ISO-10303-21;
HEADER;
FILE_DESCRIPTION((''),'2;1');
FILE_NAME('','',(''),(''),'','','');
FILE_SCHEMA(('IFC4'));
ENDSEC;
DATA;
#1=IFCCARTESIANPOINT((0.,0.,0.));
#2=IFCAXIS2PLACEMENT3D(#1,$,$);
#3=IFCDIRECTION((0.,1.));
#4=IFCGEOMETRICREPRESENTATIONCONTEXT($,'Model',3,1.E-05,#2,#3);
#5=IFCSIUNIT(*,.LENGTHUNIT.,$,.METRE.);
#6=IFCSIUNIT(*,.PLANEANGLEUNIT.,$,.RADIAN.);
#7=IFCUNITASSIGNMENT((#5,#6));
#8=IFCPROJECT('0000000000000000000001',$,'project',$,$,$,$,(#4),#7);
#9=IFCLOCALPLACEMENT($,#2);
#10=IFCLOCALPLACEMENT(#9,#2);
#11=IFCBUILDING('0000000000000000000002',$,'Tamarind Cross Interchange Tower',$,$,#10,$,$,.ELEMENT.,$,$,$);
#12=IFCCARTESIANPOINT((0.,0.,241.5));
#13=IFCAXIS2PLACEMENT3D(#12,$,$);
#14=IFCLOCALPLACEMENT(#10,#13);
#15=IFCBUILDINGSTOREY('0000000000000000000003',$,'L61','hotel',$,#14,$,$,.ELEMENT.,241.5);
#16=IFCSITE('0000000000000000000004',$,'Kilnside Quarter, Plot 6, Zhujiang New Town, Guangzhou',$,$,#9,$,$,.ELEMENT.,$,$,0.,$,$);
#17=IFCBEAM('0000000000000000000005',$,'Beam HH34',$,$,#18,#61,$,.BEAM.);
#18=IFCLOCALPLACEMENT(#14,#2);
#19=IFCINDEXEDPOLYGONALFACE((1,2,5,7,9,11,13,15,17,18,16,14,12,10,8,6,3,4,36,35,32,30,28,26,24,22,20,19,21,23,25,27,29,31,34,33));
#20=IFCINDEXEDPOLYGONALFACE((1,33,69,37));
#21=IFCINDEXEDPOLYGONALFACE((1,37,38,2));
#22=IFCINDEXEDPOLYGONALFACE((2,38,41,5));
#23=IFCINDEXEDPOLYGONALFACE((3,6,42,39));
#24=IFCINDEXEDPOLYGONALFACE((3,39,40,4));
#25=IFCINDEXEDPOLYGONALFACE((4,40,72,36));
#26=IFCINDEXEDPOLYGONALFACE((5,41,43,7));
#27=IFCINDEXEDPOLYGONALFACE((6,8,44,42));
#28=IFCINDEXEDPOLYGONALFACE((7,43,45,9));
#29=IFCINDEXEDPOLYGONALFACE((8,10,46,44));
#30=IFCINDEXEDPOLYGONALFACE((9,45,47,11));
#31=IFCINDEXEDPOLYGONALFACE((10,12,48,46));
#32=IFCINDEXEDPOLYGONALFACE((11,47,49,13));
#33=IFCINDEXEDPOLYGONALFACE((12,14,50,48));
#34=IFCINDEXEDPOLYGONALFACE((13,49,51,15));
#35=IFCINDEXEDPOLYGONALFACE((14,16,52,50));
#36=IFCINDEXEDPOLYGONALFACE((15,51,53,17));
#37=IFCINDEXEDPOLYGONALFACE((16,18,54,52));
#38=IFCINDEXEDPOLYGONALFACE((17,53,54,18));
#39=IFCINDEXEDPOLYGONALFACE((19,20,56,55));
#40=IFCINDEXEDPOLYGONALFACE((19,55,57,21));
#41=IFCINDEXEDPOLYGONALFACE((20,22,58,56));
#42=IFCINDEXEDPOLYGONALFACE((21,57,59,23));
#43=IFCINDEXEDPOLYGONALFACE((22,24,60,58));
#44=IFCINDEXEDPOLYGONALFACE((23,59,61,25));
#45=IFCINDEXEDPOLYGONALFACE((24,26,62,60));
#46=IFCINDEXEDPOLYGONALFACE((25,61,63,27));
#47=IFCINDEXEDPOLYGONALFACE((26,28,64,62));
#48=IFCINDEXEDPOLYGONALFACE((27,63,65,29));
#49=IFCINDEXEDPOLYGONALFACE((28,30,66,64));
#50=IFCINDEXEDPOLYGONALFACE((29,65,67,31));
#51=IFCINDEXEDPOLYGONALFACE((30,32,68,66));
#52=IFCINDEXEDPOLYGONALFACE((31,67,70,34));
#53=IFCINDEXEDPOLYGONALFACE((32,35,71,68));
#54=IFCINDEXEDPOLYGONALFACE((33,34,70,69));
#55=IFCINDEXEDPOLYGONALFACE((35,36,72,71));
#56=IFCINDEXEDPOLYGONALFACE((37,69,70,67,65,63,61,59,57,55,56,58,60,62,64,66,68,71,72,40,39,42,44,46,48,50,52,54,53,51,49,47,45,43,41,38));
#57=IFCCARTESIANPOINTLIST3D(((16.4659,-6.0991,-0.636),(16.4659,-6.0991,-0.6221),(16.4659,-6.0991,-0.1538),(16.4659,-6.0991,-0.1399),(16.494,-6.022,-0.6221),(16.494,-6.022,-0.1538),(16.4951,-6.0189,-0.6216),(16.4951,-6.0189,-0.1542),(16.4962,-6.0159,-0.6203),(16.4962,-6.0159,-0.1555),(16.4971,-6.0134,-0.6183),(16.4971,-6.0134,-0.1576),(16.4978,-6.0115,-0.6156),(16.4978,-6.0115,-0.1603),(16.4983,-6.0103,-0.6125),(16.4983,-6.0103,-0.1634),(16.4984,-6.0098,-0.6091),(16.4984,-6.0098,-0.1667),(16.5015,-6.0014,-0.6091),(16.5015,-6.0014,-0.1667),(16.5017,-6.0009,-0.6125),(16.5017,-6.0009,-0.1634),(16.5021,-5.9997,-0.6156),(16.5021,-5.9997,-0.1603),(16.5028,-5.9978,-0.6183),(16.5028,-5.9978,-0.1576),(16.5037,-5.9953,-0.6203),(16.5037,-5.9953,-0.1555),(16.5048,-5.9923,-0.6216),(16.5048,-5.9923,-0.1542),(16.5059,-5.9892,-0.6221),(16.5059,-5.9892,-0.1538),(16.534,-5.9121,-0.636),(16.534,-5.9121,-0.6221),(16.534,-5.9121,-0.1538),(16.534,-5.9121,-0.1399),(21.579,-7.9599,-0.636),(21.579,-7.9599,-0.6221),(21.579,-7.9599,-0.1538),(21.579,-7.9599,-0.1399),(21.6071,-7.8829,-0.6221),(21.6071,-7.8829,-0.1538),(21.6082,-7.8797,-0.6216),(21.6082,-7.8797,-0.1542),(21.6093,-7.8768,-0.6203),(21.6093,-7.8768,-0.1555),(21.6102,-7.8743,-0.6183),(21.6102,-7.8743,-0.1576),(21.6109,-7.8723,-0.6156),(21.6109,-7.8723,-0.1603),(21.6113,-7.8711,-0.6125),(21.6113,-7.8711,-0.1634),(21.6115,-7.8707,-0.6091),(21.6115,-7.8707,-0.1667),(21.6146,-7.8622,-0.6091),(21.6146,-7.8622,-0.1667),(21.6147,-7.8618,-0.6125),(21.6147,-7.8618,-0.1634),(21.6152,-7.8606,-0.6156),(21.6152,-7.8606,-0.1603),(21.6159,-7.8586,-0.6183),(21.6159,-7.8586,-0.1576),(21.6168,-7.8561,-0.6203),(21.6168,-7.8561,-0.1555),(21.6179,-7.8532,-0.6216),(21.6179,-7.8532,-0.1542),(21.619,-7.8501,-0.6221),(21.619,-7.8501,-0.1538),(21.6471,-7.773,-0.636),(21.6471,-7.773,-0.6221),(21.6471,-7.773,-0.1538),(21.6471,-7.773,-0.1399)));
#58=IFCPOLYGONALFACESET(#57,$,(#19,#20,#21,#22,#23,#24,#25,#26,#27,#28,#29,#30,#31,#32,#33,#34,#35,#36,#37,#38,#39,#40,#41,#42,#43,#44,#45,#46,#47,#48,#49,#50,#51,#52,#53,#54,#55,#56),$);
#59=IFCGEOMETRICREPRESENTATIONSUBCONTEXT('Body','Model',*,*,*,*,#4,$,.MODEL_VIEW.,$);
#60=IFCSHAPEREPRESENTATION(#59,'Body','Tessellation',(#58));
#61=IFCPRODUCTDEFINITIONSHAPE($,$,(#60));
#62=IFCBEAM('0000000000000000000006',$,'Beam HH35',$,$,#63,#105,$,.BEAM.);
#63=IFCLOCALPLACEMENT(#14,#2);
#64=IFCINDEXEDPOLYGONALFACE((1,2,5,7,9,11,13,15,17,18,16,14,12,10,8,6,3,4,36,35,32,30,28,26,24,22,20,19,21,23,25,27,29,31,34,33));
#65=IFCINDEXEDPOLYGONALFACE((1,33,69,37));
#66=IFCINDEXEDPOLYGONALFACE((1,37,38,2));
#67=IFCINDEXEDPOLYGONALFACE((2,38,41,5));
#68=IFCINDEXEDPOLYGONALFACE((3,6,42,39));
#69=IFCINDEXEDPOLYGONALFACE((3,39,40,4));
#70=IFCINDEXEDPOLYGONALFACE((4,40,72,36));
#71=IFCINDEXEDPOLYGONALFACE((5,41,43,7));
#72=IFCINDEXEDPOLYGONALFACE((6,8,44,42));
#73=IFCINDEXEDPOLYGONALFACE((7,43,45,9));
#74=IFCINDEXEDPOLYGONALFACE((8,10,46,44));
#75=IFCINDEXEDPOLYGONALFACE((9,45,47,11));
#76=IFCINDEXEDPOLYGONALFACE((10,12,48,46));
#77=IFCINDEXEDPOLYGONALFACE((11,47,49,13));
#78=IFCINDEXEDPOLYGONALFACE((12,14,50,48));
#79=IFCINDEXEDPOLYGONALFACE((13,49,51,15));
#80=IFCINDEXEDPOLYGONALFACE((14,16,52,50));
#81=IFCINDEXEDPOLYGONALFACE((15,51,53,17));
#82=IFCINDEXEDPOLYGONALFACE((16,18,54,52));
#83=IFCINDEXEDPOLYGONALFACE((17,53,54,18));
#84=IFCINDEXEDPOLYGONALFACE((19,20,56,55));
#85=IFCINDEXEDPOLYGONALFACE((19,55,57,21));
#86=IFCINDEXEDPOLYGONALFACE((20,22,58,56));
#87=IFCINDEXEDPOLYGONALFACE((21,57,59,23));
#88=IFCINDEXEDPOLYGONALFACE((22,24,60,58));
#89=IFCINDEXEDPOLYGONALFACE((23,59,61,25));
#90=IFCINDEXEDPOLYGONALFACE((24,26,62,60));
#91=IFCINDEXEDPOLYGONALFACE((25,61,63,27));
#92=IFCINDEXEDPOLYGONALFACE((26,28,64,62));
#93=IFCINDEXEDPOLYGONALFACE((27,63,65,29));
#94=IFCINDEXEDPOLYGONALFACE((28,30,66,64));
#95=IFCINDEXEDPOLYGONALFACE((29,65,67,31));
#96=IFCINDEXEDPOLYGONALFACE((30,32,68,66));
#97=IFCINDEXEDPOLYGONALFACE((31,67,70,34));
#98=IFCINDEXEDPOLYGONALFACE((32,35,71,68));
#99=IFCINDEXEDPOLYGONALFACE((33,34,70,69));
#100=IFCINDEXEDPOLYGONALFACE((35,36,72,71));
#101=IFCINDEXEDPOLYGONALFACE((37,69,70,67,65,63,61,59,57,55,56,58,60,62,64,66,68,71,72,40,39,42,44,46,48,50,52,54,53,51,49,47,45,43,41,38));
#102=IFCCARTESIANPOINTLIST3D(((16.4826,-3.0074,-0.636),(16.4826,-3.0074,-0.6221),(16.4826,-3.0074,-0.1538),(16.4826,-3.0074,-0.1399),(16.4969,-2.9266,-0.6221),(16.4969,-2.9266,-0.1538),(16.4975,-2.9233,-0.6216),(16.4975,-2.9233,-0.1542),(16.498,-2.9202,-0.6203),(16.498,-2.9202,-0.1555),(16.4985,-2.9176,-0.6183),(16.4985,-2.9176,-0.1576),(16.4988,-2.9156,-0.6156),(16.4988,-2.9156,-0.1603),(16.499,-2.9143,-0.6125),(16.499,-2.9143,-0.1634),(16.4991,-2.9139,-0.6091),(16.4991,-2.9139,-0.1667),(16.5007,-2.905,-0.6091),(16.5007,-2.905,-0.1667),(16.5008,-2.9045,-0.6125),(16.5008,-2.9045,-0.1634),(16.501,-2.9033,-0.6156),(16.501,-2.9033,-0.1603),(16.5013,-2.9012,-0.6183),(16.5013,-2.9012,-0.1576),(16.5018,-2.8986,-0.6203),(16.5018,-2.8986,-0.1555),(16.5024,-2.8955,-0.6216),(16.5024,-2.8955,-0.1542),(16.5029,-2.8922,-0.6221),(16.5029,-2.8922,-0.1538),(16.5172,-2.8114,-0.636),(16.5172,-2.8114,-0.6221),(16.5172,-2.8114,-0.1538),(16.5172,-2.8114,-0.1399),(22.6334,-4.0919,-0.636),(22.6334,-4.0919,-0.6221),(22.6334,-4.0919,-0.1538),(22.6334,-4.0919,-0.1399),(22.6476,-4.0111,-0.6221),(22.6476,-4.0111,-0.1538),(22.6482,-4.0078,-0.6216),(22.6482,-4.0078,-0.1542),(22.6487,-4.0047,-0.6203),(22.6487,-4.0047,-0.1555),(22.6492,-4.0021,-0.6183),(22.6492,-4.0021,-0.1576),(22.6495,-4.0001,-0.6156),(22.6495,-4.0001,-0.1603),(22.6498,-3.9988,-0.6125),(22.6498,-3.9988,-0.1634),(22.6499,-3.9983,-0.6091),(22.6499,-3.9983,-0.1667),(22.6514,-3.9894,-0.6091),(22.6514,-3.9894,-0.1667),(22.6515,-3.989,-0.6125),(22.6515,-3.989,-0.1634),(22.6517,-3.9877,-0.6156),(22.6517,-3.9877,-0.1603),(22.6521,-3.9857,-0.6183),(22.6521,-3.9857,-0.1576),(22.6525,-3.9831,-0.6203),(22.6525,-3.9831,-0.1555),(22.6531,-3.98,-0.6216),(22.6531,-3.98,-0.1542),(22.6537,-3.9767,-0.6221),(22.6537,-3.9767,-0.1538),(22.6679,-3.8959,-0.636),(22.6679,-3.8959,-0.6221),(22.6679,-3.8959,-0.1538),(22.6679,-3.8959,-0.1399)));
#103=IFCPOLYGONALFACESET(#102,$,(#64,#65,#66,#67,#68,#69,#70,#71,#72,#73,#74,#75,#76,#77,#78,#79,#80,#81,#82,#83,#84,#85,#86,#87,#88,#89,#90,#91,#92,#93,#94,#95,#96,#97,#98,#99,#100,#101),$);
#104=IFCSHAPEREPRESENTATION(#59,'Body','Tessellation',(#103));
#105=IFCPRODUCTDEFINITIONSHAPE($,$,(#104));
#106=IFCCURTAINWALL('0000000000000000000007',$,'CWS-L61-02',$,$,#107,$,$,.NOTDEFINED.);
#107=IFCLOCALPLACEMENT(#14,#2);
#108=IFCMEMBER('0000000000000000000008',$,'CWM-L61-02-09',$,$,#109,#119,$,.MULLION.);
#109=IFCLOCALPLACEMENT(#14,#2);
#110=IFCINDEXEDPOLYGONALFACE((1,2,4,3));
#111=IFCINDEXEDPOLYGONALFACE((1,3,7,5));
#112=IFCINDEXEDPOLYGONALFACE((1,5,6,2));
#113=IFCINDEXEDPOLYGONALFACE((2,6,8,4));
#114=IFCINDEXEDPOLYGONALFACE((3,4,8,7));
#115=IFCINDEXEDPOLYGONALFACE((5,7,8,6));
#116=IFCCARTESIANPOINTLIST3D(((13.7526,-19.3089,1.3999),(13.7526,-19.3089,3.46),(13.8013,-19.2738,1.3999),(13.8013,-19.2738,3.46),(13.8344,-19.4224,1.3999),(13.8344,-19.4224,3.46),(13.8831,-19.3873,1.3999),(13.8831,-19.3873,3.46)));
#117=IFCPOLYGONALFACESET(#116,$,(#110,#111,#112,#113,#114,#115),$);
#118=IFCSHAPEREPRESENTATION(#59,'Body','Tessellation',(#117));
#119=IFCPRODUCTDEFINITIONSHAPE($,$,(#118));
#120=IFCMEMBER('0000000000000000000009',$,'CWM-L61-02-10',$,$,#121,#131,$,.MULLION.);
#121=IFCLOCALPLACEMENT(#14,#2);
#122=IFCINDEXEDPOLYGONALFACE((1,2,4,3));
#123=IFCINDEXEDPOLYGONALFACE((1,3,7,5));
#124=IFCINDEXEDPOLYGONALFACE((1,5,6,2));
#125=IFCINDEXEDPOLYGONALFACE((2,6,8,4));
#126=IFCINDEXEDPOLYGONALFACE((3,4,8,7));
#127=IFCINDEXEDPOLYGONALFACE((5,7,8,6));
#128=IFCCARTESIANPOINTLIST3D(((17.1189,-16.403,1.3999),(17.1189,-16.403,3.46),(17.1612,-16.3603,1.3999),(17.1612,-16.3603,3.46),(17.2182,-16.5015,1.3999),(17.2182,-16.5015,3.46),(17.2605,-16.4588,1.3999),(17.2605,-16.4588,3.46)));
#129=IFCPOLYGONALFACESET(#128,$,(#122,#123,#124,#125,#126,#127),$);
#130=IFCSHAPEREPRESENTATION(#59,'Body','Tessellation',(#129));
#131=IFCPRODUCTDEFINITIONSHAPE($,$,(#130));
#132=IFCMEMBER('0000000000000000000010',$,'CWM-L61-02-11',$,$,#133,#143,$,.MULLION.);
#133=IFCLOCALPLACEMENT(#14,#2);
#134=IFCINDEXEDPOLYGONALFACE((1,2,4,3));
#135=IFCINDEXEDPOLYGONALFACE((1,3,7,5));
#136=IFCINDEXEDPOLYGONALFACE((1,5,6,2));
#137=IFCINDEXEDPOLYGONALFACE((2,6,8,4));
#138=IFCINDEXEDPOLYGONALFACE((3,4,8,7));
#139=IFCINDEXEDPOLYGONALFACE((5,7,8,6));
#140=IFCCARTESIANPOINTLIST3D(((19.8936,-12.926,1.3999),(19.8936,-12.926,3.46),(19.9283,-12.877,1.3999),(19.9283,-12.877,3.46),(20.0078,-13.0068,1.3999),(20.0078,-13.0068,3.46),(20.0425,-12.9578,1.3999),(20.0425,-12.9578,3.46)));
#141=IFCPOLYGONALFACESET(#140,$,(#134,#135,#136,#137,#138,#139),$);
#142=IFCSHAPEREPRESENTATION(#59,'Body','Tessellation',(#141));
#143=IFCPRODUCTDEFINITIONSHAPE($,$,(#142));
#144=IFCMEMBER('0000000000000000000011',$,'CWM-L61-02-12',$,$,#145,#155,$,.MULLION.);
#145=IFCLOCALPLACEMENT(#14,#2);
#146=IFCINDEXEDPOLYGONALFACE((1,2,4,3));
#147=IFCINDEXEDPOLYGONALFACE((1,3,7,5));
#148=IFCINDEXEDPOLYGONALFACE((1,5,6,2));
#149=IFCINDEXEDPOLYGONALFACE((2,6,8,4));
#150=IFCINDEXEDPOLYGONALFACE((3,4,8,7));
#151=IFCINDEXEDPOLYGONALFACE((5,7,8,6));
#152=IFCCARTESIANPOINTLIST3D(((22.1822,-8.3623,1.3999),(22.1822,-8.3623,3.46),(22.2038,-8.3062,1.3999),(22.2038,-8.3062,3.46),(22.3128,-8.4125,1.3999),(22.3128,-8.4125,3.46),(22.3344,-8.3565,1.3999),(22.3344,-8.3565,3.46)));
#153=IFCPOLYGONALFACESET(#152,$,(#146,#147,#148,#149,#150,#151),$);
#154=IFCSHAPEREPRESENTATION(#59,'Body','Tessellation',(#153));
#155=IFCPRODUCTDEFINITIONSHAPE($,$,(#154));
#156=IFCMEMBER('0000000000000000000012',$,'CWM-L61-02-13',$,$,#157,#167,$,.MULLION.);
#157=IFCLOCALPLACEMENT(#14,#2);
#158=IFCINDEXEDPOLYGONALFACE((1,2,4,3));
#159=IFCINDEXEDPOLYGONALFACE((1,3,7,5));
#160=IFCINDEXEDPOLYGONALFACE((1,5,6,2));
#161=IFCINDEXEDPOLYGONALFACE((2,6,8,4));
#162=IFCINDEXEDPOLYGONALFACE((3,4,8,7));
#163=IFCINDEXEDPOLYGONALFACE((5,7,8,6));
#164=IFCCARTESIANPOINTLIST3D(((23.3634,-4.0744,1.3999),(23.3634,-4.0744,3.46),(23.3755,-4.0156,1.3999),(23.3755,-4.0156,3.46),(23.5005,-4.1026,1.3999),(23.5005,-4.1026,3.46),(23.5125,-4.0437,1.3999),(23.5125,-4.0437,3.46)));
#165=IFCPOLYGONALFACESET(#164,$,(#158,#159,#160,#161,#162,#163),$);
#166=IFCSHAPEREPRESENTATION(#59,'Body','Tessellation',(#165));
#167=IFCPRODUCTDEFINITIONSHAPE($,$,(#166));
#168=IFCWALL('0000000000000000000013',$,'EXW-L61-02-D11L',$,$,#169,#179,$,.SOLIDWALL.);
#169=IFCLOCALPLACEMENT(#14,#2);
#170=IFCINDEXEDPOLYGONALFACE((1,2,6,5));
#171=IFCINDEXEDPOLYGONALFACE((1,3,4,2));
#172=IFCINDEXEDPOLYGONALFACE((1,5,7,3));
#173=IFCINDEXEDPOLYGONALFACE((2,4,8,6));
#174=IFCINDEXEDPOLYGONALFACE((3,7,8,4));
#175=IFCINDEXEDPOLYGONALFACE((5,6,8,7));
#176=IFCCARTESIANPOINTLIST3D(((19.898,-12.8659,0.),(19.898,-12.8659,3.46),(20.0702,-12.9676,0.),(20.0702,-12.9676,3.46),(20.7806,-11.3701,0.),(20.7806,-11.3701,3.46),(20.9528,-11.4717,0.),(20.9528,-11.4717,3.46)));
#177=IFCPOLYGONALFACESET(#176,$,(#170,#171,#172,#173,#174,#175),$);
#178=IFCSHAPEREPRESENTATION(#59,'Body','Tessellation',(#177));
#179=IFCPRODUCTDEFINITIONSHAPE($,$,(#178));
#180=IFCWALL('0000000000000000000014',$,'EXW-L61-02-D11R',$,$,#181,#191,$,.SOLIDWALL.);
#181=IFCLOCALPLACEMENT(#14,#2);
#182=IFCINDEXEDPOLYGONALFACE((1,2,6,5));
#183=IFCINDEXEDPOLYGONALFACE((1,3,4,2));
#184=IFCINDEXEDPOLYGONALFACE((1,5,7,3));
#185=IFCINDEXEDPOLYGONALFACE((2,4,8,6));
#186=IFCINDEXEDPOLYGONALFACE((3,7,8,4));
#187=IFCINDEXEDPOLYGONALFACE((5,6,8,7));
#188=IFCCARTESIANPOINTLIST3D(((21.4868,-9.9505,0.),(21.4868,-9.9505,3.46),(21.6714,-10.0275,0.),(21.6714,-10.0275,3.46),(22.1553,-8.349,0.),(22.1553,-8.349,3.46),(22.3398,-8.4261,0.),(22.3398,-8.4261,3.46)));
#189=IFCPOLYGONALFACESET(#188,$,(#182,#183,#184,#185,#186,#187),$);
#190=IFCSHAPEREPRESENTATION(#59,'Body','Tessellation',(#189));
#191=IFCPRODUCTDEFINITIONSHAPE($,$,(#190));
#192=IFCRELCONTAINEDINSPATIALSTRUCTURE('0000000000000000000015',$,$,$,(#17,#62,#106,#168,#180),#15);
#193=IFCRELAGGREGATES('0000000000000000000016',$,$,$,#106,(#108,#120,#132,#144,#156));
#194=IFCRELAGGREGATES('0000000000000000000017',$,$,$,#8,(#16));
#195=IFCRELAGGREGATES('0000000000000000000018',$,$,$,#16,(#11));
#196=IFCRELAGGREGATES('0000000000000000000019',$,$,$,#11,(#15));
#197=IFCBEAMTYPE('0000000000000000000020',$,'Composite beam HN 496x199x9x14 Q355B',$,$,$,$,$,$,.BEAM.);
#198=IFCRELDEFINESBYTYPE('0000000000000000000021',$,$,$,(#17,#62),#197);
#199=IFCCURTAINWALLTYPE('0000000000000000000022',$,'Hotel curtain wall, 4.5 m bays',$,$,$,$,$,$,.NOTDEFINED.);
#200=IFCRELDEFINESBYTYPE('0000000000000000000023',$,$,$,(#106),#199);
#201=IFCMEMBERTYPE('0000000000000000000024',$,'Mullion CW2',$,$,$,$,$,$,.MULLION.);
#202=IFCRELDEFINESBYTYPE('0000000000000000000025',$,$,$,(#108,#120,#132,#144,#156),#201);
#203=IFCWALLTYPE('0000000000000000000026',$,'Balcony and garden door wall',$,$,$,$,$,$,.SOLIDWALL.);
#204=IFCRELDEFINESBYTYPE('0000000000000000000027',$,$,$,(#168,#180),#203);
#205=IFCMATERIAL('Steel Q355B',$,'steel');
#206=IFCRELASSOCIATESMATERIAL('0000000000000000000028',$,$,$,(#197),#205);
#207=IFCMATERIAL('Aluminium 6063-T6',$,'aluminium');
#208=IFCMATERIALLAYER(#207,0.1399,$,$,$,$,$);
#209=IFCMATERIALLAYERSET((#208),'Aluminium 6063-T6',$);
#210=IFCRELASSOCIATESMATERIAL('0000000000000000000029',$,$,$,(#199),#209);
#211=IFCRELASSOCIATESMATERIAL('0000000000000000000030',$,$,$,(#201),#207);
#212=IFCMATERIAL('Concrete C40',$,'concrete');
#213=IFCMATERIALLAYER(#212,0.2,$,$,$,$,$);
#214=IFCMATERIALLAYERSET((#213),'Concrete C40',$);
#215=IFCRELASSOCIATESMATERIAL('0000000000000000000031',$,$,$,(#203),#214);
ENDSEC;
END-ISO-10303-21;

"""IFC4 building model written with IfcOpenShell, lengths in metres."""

from ifc_helpers import new_model, si_unit, direction, frame, frame_2d, origin, origin_2d, place, context, subcontext, project, spatial, rectangle, i_section, extrude, material, layer, layer_set, material_profile, profile_set, type_object, element, aggregate, save


model = new_model("IFC4")

# Units and contexts
model_context = context("Model", 3, precision=1e-05, world=origin(), true_north=direction((0.0, 1.0)))
body_context = subcontext(model_context, "Body", "Model", "MODEL_VIEW")
ifc_project = project(units=[si_unit("LENGTHUNIT", "METRE"), si_unit("PLANEANGLEUNIT", "RADIAN")], contexts=[model_context])

# Site, building, storey
site_placement = place(None, origin())
site = spatial("IfcSite", under=ifc_project, at=site_placement, Name="Kilnside Quarter, Plot 6, Zhujiang New Town, Guangzhou", CompositionType="ELEMENT", RefElevation=0.0)
building_placement = place(site_placement, origin())
building = spatial("IfcBuilding", under=site, at=building_placement, Name="Tamarind Cross Interchange Tower", CompositionType="ELEMENT")
storey_placement = place(building_placement, frame((0.0, 0.0, 241.5)))
storey = spatial("IfcBuildingStorey", under=building, at=storey_placement, Name="L61", Description="hotel", CompositionType="ELEMENT", Elevation=241.5)

# Beams
ifc_material_1 = material(Name="Steel Q355B", Category="steel")
ifc_material_profile_1 = material_profile(ifc_material_1, i_section(OverallWidth=0.199, OverallDepth=0.4961, WebThickness=0.009, FlangeThickness=0.0139, FilletRadius=0.0129, at=origin_2d()), Name="HN 496x199x9x14")
ifc_profile_set_1 = profile_set([ifc_material_profile_1], Name="Steel Q355B")
beam_type = type_object("IfcBeamType", Name="Composite beam HN 496x199x9x14 Q355B", PredefinedType="BEAM", material=ifc_profile_set_1)
beam_1_placement = place(storey_placement, frame((21.613, -7.8665, -0.3879), z_axis=(-0.939702, 0.341995, 0.0), x_axis=(-0.341995, -0.939702, 0.0)))
element("IfcBeam", 1, at=beam_1_placement, inside=storey, type_object=beam_type, Name="Beam HH34", PredefinedType="BEAM", context=body_context, shape_type="SweptSolid", body=[
    extrude(i_section(OverallWidth=0.199, OverallDepth=0.4961, WebThickness=0.009, FlangeThickness=0.0139, FilletRadius=0.0129, at=origin_2d()), origin(), (0.0, 0.0, 1.0), 5.4412),
])
beam_2_placement = place(storey_placement, frame((22.6506, -3.9939, -0.3879), z_axis=(-0.984809, 0.17364, 0.0), x_axis=(-0.17364, -0.984809, 0.0)))
element("IfcBeam", 2, at=beam_2_placement, inside=storey, type_object=beam_type, Name="Beam HH35", PredefinedType="BEAM", context=body_context, shape_type="SweptSolid", body=[
    extrude(i_section(OverallWidth=0.199, OverallDepth=0.4961, WebThickness=0.009, FlangeThickness=0.0139, FilletRadius=0.0129, at=origin_2d()), origin(), (0.0, 0.0, 1.0), 6.2456),
])

# Curtain wall, members
ifc_material_2 = material(Name="Aluminium 6063-T6", Category="aluminium")
ifc_layer_1 = layer(ifc_material_2, 0.1399)
ifc_layer_set_1 = layer_set([ifc_layer_1], Name="Aluminium 6063-T6")
curtain_wall_type = type_object("IfcCurtainWallType", Name="Hotel curtain wall, 4.5 m bays", PredefinedType="NOTDEFINED", material=ifc_layer_set_1)
curtain_wall_placement = place(storey_placement, origin())
curtain_wall = element("IfcCurtainWall", 3, at=curtain_wall_placement, inside=storey, type_object=curtain_wall_type, Name="CWS-L61-02", PredefinedType="NOTDEFINED")
ifc_material_profile_2 = material_profile(ifc_material_2, rectangle(XDim=0.0601, YDim=0.1399, at=origin_2d()), Name="Mullion CW2")
ifc_profile_set_2 = profile_set([ifc_material_profile_2], Name="Aluminium 6063-T6")
member_type = type_object("IfcMemberType", Name="Mullion CW2", PredefinedType="MULLION", material=ifc_profile_set_2)
member_1_placement = place(storey_placement, frame((13.8179, -19.3481, 1.3999), z_axis=(0.0, 0.0, 1.0), x_axis=(0.81134, 0.584574, 0.0)))
member_1 = element("IfcMember", 4, at=member_1_placement, type_object=member_type, Name="CWM-L61-02-09", PredefinedType="MULLION", context=body_context, shape_type="SweptSolid", body=[
    extrude(rectangle(XDim=0.0601, YDim=0.1399, at=origin_2d()), origin(), (0.0, 0.0, 1.0), 2.0601),
])
member_2_placement = place(storey_placement, frame((17.1897, -16.4309, 1.3999), z_axis=(0.0, 0.0, 1.0), x_axis=(0.704057, 0.710143, 0.0)))
member_2 = element("IfcMember", 5, at=member_2_placement, type_object=member_type, Name="CWM-L61-02-10", PredefinedType="MULLION", context=body_context, shape_type="SweptSolid", body=[
    extrude(rectangle(XDim=0.0601, YDim=0.1399, at=origin_2d()), origin(), (0.0, 0.0, 1.0), 2.0601),
])
member_3_placement = place(storey_placement, frame((19.968, -12.9419, 1.3999), z_axis=(0.0, 0.0, 1.0), x_axis=(0.577569, 0.816342, 0.0)))
member_3 = element("IfcMember", 6, at=member_3_placement, type_object=member_type, Name="CWM-L61-02-11", PredefinedType="MULLION", context=body_context, shape_type="SweptSolid", body=[
    extrude(rectangle(XDim=0.0601, YDim=0.1399, at=origin_2d()), origin(), (0.0, 0.0, 1.0), 2.0601),
])
member_4_placement = place(storey_placement, frame((22.2583, -8.3594, 1.3999), z_axis=(0.0, 0.0, 1.0), x_axis=(0.359495, 0.933147, 0.0)))
member_4 = element("IfcMember", 7, at=member_4_placement, type_object=member_type, Name="CWM-L61-02-12", PredefinedType="MULLION", context=body_context, shape_type="SweptSolid", body=[
    extrude(rectangle(XDim=0.0601, YDim=0.1399, at=origin_2d()), origin(), (0.0, 0.0, 1.0), 2.0601),
])
member_5_placement = place(storey_placement, frame((23.438, -4.0591, 1.3999), z_axis=(0.0, 0.0, 1.0), x_axis=(0.201001, 0.979591, 0.0)))
member_5 = element("IfcMember", 8, at=member_5_placement, type_object=member_type, Name="CWM-L61-02-13", PredefinedType="MULLION", context=body_context, shape_type="SweptSolid", body=[
    extrude(rectangle(XDim=0.0601, YDim=0.1399, at=origin_2d()), origin(), (0.0, 0.0, 1.0), 2.0601),
])
aggregate(curtain_wall, [member_1, member_2, member_3, member_4, member_5])

# Walls
ifc_material_3 = material(Name="Concrete C40", Category="concrete")
ifc_layer_2 = layer(ifc_material_3, 0.2)
ifc_layer_set_2 = layer_set([ifc_layer_2], Name="Concrete C40")
wall_type_1 = type_object("IfcWallType", Name="Balcony and garden door wall", PredefinedType="SOLIDWALL", material=ifc_layer_set_2)
wall_1_placement = place(storey_placement, frame((19.9841, -12.9167, 0.0), z_axis=(0.0, 0.0, 1.0), x_axis=(0.508156, 0.861265, 0.0)))
element("IfcWall", 9, at=wall_1_placement, inside=storey, type_object=wall_type_1, Name="EXW-L61-02-D11L", PredefinedType="SOLIDWALL", context=body_context, shape_type="SweptSolid", body=[
    extrude(rectangle(XDim=1.7368, YDim=0.2, at=frame_2d((0.8684, 0.0))), origin(), (0.0, 0.0, 1.0), 3.46),
])
wall_2_placement = place(storey_placement, frame((21.5791, -9.989, 0.0), z_axis=(0.0, 0.0, 1.0), x_axis=(0.385175, 0.922844, 0.0)))
element("IfcWall", 10, at=wall_2_placement, inside=storey, type_object=wall_type_1, Name="EXW-L61-02-D11R", PredefinedType="SOLIDWALL", context=body_context, shape_type="SweptSolid", body=[
    extrude(rectangle(XDim=1.7354, YDim=0.2, at=frame_2d((0.8677, 0.0))), origin(), (0.0, 0.0, 1.0), 3.46),
])

save(model, "model.ifc")
